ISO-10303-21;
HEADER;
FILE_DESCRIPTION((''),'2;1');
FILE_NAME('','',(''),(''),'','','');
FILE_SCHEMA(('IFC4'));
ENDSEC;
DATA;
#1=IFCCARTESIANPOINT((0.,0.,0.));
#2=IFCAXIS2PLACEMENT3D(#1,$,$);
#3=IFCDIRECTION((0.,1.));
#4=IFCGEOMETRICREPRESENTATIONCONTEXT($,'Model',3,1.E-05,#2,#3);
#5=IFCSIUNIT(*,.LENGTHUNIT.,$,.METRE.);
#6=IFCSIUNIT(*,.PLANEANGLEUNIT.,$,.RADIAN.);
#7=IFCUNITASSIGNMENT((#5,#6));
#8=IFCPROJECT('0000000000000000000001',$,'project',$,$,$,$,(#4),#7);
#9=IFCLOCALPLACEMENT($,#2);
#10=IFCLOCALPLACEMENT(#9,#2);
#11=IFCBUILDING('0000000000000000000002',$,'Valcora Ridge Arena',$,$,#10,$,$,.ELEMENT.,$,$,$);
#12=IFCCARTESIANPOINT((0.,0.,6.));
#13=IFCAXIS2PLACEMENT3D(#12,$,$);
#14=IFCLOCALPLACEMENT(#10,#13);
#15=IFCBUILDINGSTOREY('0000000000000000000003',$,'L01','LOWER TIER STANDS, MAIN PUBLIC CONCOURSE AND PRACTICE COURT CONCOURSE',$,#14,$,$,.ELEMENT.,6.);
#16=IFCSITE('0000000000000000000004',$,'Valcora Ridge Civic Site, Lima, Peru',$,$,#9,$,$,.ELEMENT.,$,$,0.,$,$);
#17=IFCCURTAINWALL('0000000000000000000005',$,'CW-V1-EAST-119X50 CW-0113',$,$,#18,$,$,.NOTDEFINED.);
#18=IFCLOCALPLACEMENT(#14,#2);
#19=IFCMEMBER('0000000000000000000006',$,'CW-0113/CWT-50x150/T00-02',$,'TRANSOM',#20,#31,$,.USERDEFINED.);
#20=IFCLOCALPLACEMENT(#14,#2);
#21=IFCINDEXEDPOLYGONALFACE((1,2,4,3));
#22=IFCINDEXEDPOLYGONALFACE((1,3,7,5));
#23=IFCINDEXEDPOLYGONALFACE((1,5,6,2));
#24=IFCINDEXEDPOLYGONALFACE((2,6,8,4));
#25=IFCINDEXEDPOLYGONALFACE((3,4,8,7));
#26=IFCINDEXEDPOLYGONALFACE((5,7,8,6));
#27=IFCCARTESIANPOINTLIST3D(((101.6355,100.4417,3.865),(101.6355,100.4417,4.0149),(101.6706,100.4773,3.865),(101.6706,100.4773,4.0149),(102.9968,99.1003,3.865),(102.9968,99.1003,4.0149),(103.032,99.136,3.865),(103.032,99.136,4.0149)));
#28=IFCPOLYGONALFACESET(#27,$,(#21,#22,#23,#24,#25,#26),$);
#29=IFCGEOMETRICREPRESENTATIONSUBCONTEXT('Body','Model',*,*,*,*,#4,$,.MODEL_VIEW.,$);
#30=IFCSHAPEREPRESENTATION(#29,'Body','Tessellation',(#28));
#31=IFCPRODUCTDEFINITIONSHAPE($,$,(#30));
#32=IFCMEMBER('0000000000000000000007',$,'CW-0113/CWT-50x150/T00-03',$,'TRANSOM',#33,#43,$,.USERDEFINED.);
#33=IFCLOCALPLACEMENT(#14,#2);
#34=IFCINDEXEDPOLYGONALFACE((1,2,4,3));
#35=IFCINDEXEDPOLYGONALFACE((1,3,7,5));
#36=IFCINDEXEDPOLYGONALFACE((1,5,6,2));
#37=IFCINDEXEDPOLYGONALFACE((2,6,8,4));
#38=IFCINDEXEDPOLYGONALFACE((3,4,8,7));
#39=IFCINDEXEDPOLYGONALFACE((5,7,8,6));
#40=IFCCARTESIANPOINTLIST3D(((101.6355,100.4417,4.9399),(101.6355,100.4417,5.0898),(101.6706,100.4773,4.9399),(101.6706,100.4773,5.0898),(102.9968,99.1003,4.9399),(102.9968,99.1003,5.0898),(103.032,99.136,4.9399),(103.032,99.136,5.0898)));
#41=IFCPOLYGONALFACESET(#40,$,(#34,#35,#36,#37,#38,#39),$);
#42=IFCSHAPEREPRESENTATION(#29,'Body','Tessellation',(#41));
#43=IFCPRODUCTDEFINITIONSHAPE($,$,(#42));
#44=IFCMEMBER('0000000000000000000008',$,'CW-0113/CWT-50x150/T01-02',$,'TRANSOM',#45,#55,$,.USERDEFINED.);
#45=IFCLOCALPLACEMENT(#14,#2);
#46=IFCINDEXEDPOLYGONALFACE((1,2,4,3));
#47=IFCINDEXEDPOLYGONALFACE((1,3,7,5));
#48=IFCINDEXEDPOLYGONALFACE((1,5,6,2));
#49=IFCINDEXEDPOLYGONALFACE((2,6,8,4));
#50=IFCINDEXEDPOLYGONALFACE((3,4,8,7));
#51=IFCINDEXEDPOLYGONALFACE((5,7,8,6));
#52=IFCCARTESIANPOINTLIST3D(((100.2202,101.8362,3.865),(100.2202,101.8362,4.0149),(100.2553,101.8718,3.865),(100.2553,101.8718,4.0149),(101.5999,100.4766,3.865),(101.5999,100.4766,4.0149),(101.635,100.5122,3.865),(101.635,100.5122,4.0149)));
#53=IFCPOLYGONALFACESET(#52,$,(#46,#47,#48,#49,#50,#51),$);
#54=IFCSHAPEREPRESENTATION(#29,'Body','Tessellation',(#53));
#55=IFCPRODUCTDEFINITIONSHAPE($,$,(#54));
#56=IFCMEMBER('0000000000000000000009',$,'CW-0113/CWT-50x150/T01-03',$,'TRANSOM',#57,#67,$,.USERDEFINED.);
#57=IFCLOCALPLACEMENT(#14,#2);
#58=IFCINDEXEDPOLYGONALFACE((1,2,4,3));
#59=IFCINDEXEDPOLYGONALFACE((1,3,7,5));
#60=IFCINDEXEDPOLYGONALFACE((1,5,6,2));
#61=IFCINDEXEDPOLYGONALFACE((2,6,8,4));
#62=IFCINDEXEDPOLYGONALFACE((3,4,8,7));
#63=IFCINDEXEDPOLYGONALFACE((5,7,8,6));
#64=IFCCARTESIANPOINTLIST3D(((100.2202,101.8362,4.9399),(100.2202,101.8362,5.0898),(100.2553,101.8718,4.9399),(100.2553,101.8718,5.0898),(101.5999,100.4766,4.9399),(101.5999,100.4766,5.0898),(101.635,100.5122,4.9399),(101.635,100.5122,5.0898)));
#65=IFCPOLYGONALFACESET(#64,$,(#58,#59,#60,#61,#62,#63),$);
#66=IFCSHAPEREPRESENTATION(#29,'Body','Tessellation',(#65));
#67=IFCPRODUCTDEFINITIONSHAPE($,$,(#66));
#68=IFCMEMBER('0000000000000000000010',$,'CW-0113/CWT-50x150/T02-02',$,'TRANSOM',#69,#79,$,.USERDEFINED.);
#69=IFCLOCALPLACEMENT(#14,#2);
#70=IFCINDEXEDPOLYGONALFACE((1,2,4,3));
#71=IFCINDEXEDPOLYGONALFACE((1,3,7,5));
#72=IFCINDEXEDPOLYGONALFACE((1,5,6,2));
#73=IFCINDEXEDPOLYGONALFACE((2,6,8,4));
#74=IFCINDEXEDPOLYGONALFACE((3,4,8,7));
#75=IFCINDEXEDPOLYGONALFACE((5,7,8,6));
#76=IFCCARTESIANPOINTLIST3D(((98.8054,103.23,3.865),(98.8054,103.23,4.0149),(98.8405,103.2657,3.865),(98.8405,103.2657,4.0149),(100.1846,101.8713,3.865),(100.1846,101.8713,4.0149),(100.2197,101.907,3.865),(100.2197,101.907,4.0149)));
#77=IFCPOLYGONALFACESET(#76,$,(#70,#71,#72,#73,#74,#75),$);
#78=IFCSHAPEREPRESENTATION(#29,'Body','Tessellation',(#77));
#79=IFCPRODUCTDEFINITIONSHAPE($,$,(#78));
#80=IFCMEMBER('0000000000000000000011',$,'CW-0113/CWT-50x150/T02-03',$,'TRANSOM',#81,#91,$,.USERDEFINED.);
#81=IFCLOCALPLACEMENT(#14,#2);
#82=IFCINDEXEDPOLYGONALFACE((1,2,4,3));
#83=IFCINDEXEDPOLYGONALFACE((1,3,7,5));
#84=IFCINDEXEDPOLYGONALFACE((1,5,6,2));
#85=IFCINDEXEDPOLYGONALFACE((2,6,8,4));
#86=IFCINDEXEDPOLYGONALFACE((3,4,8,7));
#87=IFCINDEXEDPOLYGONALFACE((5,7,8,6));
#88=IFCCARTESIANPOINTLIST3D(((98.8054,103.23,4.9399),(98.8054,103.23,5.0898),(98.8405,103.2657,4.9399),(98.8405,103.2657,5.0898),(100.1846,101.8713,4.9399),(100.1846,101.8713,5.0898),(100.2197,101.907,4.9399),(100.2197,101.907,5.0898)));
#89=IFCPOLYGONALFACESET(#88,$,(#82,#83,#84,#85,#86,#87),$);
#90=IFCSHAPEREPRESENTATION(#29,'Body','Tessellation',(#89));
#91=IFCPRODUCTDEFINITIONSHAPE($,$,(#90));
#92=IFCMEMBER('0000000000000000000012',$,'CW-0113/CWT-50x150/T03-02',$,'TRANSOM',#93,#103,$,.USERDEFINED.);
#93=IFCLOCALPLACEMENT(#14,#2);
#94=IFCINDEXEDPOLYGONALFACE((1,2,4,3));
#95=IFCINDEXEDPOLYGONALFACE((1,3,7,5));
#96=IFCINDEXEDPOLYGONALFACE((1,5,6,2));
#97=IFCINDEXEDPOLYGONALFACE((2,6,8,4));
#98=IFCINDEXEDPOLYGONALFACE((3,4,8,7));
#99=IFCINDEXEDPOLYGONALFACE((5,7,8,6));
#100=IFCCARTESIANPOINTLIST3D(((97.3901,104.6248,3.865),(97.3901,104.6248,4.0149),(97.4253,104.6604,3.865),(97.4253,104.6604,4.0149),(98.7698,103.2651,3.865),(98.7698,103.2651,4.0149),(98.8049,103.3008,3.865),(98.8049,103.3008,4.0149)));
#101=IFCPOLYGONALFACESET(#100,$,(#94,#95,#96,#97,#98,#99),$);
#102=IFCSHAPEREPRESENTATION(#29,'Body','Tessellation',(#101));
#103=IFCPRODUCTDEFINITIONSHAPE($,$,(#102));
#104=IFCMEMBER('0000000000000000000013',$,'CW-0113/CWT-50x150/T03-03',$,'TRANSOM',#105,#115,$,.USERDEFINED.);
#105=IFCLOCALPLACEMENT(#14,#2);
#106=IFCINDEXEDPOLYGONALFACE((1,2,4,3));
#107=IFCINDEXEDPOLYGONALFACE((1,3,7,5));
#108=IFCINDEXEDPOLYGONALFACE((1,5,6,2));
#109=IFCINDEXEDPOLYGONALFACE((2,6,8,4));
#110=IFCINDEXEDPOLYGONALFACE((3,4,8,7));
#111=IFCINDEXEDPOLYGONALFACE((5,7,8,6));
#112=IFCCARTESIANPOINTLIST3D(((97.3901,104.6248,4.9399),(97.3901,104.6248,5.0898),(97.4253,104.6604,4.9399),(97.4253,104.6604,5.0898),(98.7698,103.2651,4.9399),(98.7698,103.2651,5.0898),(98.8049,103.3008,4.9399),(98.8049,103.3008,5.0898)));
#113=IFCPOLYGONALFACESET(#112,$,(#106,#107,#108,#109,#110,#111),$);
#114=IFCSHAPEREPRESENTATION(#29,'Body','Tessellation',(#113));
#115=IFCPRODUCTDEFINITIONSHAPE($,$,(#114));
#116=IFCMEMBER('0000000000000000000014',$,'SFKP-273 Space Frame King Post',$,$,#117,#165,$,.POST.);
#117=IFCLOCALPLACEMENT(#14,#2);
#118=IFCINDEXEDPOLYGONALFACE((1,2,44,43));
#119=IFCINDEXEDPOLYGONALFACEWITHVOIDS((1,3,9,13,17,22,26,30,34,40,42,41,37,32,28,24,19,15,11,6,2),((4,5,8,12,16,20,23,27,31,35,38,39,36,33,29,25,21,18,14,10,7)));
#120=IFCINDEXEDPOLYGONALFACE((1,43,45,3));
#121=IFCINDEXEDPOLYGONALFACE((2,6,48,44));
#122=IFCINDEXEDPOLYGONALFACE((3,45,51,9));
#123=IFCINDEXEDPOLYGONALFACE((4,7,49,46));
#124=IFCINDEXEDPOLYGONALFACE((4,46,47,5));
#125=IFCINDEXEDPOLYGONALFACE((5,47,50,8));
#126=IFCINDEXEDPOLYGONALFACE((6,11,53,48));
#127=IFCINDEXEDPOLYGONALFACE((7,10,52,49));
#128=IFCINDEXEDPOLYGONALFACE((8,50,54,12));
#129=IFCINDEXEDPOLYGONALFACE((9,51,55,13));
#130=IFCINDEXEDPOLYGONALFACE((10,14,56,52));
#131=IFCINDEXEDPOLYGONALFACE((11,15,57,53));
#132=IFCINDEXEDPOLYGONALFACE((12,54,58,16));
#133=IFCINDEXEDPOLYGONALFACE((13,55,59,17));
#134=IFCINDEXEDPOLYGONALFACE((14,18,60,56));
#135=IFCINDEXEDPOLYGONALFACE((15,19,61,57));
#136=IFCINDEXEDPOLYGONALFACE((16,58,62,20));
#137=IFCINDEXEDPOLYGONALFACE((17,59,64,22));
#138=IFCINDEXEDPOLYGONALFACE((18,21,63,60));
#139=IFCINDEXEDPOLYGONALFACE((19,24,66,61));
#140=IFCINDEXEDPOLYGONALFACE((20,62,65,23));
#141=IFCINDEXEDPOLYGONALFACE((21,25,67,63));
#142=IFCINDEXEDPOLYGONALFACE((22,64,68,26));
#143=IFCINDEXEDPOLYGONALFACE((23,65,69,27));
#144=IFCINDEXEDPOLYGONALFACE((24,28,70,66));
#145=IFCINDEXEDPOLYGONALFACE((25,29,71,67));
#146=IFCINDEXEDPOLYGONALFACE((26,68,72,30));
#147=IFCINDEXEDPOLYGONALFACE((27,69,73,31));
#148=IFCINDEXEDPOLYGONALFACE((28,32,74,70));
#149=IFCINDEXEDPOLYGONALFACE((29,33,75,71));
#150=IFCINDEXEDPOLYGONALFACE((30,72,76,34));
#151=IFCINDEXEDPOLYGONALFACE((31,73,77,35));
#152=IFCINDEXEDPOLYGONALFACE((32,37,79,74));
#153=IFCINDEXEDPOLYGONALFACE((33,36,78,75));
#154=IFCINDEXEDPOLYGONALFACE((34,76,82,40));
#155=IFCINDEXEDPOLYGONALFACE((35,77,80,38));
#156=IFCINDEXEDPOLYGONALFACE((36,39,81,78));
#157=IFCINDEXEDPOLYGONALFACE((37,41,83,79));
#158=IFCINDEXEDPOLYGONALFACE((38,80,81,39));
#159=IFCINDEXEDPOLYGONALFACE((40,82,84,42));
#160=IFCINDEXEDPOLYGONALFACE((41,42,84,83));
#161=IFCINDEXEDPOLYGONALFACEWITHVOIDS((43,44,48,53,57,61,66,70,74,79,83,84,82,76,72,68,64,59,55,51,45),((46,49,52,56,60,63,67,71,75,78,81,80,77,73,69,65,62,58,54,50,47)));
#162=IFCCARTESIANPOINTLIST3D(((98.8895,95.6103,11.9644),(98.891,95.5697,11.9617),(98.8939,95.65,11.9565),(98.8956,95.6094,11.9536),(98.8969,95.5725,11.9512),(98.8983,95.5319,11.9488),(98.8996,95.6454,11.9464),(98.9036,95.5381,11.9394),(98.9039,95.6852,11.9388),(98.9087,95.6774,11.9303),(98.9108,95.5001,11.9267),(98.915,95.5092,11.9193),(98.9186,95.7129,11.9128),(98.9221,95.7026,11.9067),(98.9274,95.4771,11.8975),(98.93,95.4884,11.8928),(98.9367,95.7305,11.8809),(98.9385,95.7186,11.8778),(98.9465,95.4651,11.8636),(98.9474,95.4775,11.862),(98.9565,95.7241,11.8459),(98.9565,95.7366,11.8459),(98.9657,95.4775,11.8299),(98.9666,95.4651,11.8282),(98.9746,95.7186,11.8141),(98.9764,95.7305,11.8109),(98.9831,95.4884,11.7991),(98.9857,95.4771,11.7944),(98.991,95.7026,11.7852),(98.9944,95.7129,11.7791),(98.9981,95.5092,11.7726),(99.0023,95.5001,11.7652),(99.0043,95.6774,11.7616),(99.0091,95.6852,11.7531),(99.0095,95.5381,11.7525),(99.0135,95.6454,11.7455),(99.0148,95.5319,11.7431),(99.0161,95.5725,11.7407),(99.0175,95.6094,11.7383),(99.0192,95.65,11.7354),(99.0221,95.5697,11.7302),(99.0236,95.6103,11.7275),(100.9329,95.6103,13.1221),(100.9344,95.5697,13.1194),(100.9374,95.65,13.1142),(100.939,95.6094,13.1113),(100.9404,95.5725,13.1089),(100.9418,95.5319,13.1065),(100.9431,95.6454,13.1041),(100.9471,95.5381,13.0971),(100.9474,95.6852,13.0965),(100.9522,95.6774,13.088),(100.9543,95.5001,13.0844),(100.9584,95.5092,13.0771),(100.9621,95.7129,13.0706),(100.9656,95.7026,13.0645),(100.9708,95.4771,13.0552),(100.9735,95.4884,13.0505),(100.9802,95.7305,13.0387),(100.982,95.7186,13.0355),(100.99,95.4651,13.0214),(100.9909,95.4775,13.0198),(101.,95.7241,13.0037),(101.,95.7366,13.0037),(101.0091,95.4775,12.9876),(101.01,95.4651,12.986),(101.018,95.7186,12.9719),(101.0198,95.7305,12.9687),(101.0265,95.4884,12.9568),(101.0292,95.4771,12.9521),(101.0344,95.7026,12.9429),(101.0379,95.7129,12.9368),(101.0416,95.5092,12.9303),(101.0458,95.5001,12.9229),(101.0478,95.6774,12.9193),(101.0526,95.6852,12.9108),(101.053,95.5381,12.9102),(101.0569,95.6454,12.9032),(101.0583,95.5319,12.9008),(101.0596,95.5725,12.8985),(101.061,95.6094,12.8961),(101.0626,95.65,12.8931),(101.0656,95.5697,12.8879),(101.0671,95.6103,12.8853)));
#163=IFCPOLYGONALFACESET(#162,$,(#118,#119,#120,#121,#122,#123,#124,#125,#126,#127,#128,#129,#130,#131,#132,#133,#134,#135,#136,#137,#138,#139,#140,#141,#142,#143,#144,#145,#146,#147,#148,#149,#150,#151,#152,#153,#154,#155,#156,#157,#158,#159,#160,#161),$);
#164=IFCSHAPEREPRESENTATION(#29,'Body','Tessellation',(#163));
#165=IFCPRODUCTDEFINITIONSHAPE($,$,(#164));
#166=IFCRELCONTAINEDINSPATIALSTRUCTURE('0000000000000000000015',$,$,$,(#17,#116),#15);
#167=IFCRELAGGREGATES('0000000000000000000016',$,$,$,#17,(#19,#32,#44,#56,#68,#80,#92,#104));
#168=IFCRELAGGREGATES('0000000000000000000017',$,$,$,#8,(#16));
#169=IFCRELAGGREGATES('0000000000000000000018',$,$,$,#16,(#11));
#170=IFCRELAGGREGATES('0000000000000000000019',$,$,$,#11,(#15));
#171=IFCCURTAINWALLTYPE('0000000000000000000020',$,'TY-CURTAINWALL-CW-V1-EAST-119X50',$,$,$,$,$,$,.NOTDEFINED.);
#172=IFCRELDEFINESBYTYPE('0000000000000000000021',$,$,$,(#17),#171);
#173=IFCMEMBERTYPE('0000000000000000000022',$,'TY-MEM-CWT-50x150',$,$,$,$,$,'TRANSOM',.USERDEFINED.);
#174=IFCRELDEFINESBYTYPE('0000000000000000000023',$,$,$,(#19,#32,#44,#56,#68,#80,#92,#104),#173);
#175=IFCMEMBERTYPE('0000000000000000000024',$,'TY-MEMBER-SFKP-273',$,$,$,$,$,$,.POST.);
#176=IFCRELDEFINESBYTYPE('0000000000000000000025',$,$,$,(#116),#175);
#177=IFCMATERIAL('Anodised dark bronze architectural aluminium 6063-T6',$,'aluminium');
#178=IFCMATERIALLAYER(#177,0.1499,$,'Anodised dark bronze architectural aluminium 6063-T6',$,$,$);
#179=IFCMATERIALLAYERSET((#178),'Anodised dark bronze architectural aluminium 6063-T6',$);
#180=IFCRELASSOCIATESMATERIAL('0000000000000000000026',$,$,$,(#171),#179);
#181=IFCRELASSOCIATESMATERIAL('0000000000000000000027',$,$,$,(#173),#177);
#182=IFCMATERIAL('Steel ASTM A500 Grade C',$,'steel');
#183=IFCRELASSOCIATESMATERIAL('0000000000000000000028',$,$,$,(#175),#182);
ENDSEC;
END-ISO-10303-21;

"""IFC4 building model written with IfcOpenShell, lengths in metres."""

from ifc_helpers import new_model, si_unit, direction, frame, origin, origin_2d, place, context, subcontext, project, spatial, rectangle, hollow_circle, extrude, material, layer, layer_set, material_profile, profile_set, type_object, element, aggregate, save


model = new_model("IFC4")

# Units and contexts
model_context = context("Model", 3, precision=1e-05, world=origin(), true_north=direction((0.0, 1.0)))
body_context = subcontext(model_context, "Body", "Model", "MODEL_VIEW")
ifc_project = project(units=[si_unit("LENGTHUNIT", "METRE"), si_unit("PLANEANGLEUNIT", "RADIAN")], contexts=[model_context])

# Site, building, storey
site_placement = place(None, origin())
site = spatial("IfcSite", under=ifc_project, at=site_placement, Name="Valcora Ridge Civic Site, Lima, Peru", CompositionType="ELEMENT", RefElevation=0.0)
building_placement = place(site_placement, origin())
building = spatial("IfcBuilding", under=site, at=building_placement, Name="Valcora Ridge Arena", CompositionType="ELEMENT")
storey_placement = place(building_placement, frame((0.0, 0.0, 6.0)))
storey = spatial("IfcBuildingStorey", under=building, at=storey_placement, Name="L01", Description="LOWER TIER STANDS, MAIN PUBLIC CONCOURSE AND PRACTICE COURT CONCOURSE", CompositionType="ELEMENT", Elevation=6.0)

# Curtain wall, members
ifc_material_1 = material(Name="Anodised dark bronze architectural aluminium 6063-T6", Category="aluminium")
ifc_layer_1 = layer(ifc_material_1, 0.1499, Name="Anodised dark bronze architectural aluminium 6063-T6")
ifc_layer_set_1 = layer_set([ifc_layer_1], Name="Anodised dark bronze architectural aluminium 6063-T6")
curtain_wall_type = type_object("IfcCurtainWallType", Name="TY-CURTAINWALL-CW-V1-EAST-119X50", PredefinedType="NOTDEFINED", material=ifc_layer_set_1)
curtain_wall_placement = place(storey_placement, origin())
curtain_wall = element("IfcCurtainWall", 1, at=curtain_wall_placement, inside=storey, type_object=curtain_wall_type, Name="CW-V1-EAST-119X50 CW-0113", PredefinedType="NOTDEFINED")
ifc_material_profile_1 = material_profile(ifc_material_1, rectangle(XDim=0.05, YDim=0.1499, at=origin_2d()), Name="ALU TRANSOM 50x150")
ifc_profile_set_1 = profile_set([ifc_material_profile_1], Name="Anodised dark bronze architectural aluminium 6063-T6")
member_type_1 = type_object("IfcMemberType", Name="TY-MEM-CWT-50x150", ElementType="TRANSOM", PredefinedType="USERDEFINED", material=ifc_profile_set_1)
member_1_placement = place(storey_placement, frame((103.0144, 99.1182, 3.9399), z_axis=(-0.712325, 0.70185, 0.0), x_axis=(-0.70185, -0.712325, 0.0)))
member_1 = element("IfcMember", 2, at=member_1_placement, type_object=member_type_1, Name="CW-0113/CWT-50x150/T00-02", ObjectType="TRANSOM", PredefinedType="USERDEFINED", context=body_context, shape_type="SweptSolid", body=[
    extrude(rectangle(XDim=0.05, YDim=0.1499, at=origin_2d()), origin(), (0.0, 0.0, 1.0), 1.9111),
])
member_2_placement = place(storey_placement, frame((103.0144, 99.1182, 5.0149), z_axis=(-0.712325, 0.70185, 0.0), x_axis=(-0.70185, -0.712325, 0.0)))
member_2 = element("IfcMember", 3, at=member_2_placement, type_object=member_type_1, Name="CW-0113/CWT-50x150/T00-03", ObjectType="TRANSOM", PredefinedType="USERDEFINED", context=body_context, shape_type="SweptSolid", body=[
    extrude(rectangle(XDim=0.05, YDim=0.1499, at=origin_2d()), origin(), (0.0, 0.0, 1.0), 1.9111),
])
member_3_placement = place(storey_placement, frame((101.6174, 100.4944, 3.9399), z_axis=(-0.712256, 0.70192, 0.0), x_axis=(-0.70192, -0.712256, 0.0)))
member_3 = element("IfcMember", 4, at=member_3_placement, type_object=member_type_1, Name="CW-0113/CWT-50x150/T01-02", ObjectType="TRANSOM", PredefinedType="USERDEFINED", context=body_context, shape_type="SweptSolid", body=[
    extrude(rectangle(XDim=0.05, YDim=0.1499, at=origin_2d()), origin(), (0.0, 0.0, 1.0), 1.937),
])
member_4_placement = place(storey_placement, frame((101.6174, 100.4944, 5.0149), z_axis=(-0.712256, 0.70192, 0.0), x_axis=(-0.70192, -0.712256, 0.0)))
member_4 = element("IfcMember", 5, at=member_4_placement, type_object=member_type_1, Name="CW-0113/CWT-50x150/T01-03", ObjectType="TRANSOM", PredefinedType="USERDEFINED", context=body_context, shape_type="SweptSolid", body=[
    extrude(rectangle(XDim=0.05, YDim=0.1499, at=origin_2d()), origin(), (0.0, 0.0, 1.0), 1.937),
])
member_5_placement = place(storey_placement, frame((100.2021, 101.8892, 3.9399), z_axis=(-0.712383, 0.70179, 0.0), x_axis=(-0.70179, -0.712383, 0.0)))
member_5 = element("IfcMember", 6, at=member_5_placement, type_object=member_type_1, Name="CW-0113/CWT-50x150/T02-02", ObjectType="TRANSOM", PredefinedType="USERDEFINED", context=body_context, shape_type="SweptSolid", body=[
    extrude(rectangle(XDim=0.05, YDim=0.1499, at=origin_2d()), origin(), (0.0, 0.0, 1.0), 1.936),
])
member_6_placement = place(storey_placement, frame((100.2021, 101.8892, 5.0149), z_axis=(-0.712383, 0.70179, 0.0), x_axis=(-0.70179, -0.712383, 0.0)))
member_6 = element("IfcMember", 7, at=member_6_placement, type_object=member_type_1, Name="CW-0113/CWT-50x150/T02-03", ObjectType="TRANSOM", PredefinedType="USERDEFINED", context=body_context, shape_type="SweptSolid", body=[
    extrude(rectangle(XDim=0.05, YDim=0.1499, at=origin_2d()), origin(), (0.0, 0.0, 1.0), 1.936),
])
member_7_placement = place(storey_placement, frame((98.7874, 103.283, 3.9399), z_axis=(-0.712256, 0.70192, 0.0), x_axis=(-0.70192, -0.712256, 0.0)))
member_7 = element("IfcMember", 8, at=member_7_placement, type_object=member_type_1, Name="CW-0113/CWT-50x150/T03-02", ObjectType="TRANSOM", PredefinedType="USERDEFINED", context=body_context, shape_type="SweptSolid", body=[
    extrude(rectangle(XDim=0.05, YDim=0.1499, at=origin_2d()), origin(), (0.0, 0.0, 1.0), 1.937),
])
member_8_placement = place(storey_placement, frame((98.7874, 103.283, 5.0149), z_axis=(-0.712256, 0.70192, 0.0), x_axis=(-0.70192, -0.712256, 0.0)))
member_8 = element("IfcMember", 9, at=member_8_placement, type_object=member_type_1, Name="CW-0113/CWT-50x150/T03-03", ObjectType="TRANSOM", PredefinedType="USERDEFINED", context=body_context, shape_type="SweptSolid", body=[
    extrude(rectangle(XDim=0.05, YDim=0.1499, at=origin_2d()), origin(), (0.0, 0.0, 1.0), 1.937),
])

# Member
ifc_material_2 = material(Name="Steel ASTM A500 Grade C", Category="steel")
ifc_material_profile_2 = material_profile(ifc_material_2, hollow_circle(Radius=0.1365, WallThickness=0.0125, at=origin_2d()), Name="CHS273X12")
ifc_profile_set_2 = profile_set([ifc_material_profile_2], Name="Steel ASTM A500 Grade C")
member_type_2 = type_object("IfcMemberType", Name="TY-MEMBER-SFKP-273", PredefinedType="POST", material=ifc_profile_set_2)
member_9_placement = place(storey_placement, frame((98.9565, 95.6001, 11.8459), z_axis=(0.870067, 0.0, 0.492934), x_axis=(0.0, 1.0, 0.0)))
element("IfcMember", 10, at=member_9_placement, inside=storey, type_object=member_type_2, Name="SFKP-273 Space Frame King Post", PredefinedType="POST", context=body_context, shape_type="SweptSolid", body=[
    extrude(hollow_circle(Radius=0.1365, WallThickness=0.0125, at=origin_2d()), origin(), (0.0, 0.0, 1.0), 2.3486),
])

aggregate(curtain_wall, [member_1, member_2, member_3, member_4, member_5, member_6, member_7, member_8])

save(model, "model.ifc")
